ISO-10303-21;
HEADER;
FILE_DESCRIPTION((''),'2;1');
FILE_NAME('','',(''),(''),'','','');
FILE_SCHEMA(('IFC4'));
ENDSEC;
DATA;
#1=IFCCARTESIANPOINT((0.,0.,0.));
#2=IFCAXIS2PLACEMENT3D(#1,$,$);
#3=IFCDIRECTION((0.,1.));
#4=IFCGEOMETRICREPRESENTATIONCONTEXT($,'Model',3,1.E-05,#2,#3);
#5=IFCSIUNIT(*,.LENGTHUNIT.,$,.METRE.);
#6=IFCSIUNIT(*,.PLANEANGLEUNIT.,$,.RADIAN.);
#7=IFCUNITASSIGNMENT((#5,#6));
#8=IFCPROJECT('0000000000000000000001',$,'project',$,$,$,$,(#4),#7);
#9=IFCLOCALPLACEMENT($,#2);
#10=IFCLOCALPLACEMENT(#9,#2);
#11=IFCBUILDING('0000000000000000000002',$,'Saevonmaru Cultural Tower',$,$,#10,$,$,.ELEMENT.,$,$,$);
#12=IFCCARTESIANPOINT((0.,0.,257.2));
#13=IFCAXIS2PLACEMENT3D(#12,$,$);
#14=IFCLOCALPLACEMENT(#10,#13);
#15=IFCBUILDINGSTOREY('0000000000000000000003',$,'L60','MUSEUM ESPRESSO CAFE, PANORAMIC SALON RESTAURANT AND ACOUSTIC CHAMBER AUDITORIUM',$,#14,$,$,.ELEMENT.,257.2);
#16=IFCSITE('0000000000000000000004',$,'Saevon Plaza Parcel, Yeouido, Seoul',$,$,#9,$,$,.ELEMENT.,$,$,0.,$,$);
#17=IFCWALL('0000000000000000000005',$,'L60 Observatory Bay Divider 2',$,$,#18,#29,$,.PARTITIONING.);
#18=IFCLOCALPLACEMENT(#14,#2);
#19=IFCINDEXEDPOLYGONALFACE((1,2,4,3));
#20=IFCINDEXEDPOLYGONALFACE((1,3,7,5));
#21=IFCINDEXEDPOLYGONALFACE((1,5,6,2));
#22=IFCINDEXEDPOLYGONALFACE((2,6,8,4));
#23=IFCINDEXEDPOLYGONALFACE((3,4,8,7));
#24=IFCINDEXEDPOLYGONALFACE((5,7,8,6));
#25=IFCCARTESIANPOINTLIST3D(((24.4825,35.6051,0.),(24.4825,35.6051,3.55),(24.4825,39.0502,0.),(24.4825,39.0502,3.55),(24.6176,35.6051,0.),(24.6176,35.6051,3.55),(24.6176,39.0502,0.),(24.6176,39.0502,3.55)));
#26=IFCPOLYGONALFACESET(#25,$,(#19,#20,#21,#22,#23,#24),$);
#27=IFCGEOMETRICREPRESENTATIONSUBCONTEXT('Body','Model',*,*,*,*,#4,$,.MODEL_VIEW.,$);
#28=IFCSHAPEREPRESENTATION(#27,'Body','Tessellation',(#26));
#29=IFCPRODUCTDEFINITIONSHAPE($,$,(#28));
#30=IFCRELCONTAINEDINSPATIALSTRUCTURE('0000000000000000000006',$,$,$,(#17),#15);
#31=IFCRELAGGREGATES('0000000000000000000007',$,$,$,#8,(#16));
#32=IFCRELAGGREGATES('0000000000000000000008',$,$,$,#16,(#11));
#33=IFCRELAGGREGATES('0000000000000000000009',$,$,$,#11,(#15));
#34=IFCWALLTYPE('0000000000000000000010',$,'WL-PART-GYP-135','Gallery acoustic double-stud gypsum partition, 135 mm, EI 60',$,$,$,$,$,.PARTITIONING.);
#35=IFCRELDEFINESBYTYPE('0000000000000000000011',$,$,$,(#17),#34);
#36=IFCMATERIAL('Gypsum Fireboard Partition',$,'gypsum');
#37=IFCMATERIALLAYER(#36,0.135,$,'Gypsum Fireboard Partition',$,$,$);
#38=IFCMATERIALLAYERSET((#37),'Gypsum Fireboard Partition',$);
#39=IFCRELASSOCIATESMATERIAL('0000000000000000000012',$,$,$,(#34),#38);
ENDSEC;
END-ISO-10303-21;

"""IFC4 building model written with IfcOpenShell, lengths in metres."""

from ifc_helpers import new_model, si_unit, direction, frame, frame_2d, origin, place, context, subcontext, project, spatial, rectangle, extrude, material, layer, layer_set, type_object, element, save


model = new_model("IFC4")

# Units and contexts
model_context = context("Model", 3, precision=1e-05, world=origin(), true_north=direction((0.0, 1.0)))
body_context = subcontext(model_context, "Body", "Model", "MODEL_VIEW")
ifc_project = project(units=[si_unit("LENGTHUNIT", "METRE"), si_unit("PLANEANGLEUNIT", "RADIAN")], contexts=[model_context])

# Site, building, storey
site_placement = place(None, origin())
site = spatial("IfcSite", under=ifc_project, at=site_placement, Name="Saevon Plaza Parcel, Yeouido, Seoul", CompositionType="ELEMENT", RefElevation=0.0)
building_placement = place(site_placement, origin())
building = spatial("IfcBuilding", under=site, at=building_placement, Name="Saevonmaru Cultural Tower", CompositionType="ELEMENT")
storey_placement = place(building_placement, frame((0.0, 0.0, 257.2)))
storey = spatial("IfcBuildingStorey", under=building, at=storey_placement, Name="L60", Description="MUSEUM ESPRESSO CAFE, PANORAMIC SALON RESTAURANT AND ACOUSTIC CHAMBER AUDITORIUM", CompositionType="ELEMENT", Elevation=257.2)

# Shared definitions
ifc_material_1 = material(Name="Gypsum Fireboard Partition", Category="gypsum")

# Wall
ifc_layer_1 = layer(ifc_material_1, 0.135, Name="Gypsum Fireboard Partition")
ifc_layer_set_1 = layer_set([ifc_layer_1], Name="Gypsum Fireboard Partition")
wall_type_1 = type_object("IfcWallType", Name="WL-PART-GYP-135", Description="Gallery acoustic double-stud gypsum partition, 135 mm, EI 60", PredefinedType="PARTITIONING", material=ifc_layer_set_1)
wall_1_placement = place(storey_placement, frame((24.55, 35.605, 0.0), z_axis=(0.0, 0.0, 1.0), x_axis=(0.0, 1.0, 0.0)))
element("IfcWall", 1, at=wall_1_placement, inside=storey, type_object=wall_type_1, Name="L60 Observatory Bay Divider 2", PredefinedType="PARTITIONING", context=body_context, shape_type="SweptSolid", body=[
    extrude(rectangle(XDim=3.4451, YDim=0.135, at=frame_2d((1.7227, 0.0))), origin(), (0.0, 0.0, 1.0), 3.55),
])

save(model, "model.ifc")
